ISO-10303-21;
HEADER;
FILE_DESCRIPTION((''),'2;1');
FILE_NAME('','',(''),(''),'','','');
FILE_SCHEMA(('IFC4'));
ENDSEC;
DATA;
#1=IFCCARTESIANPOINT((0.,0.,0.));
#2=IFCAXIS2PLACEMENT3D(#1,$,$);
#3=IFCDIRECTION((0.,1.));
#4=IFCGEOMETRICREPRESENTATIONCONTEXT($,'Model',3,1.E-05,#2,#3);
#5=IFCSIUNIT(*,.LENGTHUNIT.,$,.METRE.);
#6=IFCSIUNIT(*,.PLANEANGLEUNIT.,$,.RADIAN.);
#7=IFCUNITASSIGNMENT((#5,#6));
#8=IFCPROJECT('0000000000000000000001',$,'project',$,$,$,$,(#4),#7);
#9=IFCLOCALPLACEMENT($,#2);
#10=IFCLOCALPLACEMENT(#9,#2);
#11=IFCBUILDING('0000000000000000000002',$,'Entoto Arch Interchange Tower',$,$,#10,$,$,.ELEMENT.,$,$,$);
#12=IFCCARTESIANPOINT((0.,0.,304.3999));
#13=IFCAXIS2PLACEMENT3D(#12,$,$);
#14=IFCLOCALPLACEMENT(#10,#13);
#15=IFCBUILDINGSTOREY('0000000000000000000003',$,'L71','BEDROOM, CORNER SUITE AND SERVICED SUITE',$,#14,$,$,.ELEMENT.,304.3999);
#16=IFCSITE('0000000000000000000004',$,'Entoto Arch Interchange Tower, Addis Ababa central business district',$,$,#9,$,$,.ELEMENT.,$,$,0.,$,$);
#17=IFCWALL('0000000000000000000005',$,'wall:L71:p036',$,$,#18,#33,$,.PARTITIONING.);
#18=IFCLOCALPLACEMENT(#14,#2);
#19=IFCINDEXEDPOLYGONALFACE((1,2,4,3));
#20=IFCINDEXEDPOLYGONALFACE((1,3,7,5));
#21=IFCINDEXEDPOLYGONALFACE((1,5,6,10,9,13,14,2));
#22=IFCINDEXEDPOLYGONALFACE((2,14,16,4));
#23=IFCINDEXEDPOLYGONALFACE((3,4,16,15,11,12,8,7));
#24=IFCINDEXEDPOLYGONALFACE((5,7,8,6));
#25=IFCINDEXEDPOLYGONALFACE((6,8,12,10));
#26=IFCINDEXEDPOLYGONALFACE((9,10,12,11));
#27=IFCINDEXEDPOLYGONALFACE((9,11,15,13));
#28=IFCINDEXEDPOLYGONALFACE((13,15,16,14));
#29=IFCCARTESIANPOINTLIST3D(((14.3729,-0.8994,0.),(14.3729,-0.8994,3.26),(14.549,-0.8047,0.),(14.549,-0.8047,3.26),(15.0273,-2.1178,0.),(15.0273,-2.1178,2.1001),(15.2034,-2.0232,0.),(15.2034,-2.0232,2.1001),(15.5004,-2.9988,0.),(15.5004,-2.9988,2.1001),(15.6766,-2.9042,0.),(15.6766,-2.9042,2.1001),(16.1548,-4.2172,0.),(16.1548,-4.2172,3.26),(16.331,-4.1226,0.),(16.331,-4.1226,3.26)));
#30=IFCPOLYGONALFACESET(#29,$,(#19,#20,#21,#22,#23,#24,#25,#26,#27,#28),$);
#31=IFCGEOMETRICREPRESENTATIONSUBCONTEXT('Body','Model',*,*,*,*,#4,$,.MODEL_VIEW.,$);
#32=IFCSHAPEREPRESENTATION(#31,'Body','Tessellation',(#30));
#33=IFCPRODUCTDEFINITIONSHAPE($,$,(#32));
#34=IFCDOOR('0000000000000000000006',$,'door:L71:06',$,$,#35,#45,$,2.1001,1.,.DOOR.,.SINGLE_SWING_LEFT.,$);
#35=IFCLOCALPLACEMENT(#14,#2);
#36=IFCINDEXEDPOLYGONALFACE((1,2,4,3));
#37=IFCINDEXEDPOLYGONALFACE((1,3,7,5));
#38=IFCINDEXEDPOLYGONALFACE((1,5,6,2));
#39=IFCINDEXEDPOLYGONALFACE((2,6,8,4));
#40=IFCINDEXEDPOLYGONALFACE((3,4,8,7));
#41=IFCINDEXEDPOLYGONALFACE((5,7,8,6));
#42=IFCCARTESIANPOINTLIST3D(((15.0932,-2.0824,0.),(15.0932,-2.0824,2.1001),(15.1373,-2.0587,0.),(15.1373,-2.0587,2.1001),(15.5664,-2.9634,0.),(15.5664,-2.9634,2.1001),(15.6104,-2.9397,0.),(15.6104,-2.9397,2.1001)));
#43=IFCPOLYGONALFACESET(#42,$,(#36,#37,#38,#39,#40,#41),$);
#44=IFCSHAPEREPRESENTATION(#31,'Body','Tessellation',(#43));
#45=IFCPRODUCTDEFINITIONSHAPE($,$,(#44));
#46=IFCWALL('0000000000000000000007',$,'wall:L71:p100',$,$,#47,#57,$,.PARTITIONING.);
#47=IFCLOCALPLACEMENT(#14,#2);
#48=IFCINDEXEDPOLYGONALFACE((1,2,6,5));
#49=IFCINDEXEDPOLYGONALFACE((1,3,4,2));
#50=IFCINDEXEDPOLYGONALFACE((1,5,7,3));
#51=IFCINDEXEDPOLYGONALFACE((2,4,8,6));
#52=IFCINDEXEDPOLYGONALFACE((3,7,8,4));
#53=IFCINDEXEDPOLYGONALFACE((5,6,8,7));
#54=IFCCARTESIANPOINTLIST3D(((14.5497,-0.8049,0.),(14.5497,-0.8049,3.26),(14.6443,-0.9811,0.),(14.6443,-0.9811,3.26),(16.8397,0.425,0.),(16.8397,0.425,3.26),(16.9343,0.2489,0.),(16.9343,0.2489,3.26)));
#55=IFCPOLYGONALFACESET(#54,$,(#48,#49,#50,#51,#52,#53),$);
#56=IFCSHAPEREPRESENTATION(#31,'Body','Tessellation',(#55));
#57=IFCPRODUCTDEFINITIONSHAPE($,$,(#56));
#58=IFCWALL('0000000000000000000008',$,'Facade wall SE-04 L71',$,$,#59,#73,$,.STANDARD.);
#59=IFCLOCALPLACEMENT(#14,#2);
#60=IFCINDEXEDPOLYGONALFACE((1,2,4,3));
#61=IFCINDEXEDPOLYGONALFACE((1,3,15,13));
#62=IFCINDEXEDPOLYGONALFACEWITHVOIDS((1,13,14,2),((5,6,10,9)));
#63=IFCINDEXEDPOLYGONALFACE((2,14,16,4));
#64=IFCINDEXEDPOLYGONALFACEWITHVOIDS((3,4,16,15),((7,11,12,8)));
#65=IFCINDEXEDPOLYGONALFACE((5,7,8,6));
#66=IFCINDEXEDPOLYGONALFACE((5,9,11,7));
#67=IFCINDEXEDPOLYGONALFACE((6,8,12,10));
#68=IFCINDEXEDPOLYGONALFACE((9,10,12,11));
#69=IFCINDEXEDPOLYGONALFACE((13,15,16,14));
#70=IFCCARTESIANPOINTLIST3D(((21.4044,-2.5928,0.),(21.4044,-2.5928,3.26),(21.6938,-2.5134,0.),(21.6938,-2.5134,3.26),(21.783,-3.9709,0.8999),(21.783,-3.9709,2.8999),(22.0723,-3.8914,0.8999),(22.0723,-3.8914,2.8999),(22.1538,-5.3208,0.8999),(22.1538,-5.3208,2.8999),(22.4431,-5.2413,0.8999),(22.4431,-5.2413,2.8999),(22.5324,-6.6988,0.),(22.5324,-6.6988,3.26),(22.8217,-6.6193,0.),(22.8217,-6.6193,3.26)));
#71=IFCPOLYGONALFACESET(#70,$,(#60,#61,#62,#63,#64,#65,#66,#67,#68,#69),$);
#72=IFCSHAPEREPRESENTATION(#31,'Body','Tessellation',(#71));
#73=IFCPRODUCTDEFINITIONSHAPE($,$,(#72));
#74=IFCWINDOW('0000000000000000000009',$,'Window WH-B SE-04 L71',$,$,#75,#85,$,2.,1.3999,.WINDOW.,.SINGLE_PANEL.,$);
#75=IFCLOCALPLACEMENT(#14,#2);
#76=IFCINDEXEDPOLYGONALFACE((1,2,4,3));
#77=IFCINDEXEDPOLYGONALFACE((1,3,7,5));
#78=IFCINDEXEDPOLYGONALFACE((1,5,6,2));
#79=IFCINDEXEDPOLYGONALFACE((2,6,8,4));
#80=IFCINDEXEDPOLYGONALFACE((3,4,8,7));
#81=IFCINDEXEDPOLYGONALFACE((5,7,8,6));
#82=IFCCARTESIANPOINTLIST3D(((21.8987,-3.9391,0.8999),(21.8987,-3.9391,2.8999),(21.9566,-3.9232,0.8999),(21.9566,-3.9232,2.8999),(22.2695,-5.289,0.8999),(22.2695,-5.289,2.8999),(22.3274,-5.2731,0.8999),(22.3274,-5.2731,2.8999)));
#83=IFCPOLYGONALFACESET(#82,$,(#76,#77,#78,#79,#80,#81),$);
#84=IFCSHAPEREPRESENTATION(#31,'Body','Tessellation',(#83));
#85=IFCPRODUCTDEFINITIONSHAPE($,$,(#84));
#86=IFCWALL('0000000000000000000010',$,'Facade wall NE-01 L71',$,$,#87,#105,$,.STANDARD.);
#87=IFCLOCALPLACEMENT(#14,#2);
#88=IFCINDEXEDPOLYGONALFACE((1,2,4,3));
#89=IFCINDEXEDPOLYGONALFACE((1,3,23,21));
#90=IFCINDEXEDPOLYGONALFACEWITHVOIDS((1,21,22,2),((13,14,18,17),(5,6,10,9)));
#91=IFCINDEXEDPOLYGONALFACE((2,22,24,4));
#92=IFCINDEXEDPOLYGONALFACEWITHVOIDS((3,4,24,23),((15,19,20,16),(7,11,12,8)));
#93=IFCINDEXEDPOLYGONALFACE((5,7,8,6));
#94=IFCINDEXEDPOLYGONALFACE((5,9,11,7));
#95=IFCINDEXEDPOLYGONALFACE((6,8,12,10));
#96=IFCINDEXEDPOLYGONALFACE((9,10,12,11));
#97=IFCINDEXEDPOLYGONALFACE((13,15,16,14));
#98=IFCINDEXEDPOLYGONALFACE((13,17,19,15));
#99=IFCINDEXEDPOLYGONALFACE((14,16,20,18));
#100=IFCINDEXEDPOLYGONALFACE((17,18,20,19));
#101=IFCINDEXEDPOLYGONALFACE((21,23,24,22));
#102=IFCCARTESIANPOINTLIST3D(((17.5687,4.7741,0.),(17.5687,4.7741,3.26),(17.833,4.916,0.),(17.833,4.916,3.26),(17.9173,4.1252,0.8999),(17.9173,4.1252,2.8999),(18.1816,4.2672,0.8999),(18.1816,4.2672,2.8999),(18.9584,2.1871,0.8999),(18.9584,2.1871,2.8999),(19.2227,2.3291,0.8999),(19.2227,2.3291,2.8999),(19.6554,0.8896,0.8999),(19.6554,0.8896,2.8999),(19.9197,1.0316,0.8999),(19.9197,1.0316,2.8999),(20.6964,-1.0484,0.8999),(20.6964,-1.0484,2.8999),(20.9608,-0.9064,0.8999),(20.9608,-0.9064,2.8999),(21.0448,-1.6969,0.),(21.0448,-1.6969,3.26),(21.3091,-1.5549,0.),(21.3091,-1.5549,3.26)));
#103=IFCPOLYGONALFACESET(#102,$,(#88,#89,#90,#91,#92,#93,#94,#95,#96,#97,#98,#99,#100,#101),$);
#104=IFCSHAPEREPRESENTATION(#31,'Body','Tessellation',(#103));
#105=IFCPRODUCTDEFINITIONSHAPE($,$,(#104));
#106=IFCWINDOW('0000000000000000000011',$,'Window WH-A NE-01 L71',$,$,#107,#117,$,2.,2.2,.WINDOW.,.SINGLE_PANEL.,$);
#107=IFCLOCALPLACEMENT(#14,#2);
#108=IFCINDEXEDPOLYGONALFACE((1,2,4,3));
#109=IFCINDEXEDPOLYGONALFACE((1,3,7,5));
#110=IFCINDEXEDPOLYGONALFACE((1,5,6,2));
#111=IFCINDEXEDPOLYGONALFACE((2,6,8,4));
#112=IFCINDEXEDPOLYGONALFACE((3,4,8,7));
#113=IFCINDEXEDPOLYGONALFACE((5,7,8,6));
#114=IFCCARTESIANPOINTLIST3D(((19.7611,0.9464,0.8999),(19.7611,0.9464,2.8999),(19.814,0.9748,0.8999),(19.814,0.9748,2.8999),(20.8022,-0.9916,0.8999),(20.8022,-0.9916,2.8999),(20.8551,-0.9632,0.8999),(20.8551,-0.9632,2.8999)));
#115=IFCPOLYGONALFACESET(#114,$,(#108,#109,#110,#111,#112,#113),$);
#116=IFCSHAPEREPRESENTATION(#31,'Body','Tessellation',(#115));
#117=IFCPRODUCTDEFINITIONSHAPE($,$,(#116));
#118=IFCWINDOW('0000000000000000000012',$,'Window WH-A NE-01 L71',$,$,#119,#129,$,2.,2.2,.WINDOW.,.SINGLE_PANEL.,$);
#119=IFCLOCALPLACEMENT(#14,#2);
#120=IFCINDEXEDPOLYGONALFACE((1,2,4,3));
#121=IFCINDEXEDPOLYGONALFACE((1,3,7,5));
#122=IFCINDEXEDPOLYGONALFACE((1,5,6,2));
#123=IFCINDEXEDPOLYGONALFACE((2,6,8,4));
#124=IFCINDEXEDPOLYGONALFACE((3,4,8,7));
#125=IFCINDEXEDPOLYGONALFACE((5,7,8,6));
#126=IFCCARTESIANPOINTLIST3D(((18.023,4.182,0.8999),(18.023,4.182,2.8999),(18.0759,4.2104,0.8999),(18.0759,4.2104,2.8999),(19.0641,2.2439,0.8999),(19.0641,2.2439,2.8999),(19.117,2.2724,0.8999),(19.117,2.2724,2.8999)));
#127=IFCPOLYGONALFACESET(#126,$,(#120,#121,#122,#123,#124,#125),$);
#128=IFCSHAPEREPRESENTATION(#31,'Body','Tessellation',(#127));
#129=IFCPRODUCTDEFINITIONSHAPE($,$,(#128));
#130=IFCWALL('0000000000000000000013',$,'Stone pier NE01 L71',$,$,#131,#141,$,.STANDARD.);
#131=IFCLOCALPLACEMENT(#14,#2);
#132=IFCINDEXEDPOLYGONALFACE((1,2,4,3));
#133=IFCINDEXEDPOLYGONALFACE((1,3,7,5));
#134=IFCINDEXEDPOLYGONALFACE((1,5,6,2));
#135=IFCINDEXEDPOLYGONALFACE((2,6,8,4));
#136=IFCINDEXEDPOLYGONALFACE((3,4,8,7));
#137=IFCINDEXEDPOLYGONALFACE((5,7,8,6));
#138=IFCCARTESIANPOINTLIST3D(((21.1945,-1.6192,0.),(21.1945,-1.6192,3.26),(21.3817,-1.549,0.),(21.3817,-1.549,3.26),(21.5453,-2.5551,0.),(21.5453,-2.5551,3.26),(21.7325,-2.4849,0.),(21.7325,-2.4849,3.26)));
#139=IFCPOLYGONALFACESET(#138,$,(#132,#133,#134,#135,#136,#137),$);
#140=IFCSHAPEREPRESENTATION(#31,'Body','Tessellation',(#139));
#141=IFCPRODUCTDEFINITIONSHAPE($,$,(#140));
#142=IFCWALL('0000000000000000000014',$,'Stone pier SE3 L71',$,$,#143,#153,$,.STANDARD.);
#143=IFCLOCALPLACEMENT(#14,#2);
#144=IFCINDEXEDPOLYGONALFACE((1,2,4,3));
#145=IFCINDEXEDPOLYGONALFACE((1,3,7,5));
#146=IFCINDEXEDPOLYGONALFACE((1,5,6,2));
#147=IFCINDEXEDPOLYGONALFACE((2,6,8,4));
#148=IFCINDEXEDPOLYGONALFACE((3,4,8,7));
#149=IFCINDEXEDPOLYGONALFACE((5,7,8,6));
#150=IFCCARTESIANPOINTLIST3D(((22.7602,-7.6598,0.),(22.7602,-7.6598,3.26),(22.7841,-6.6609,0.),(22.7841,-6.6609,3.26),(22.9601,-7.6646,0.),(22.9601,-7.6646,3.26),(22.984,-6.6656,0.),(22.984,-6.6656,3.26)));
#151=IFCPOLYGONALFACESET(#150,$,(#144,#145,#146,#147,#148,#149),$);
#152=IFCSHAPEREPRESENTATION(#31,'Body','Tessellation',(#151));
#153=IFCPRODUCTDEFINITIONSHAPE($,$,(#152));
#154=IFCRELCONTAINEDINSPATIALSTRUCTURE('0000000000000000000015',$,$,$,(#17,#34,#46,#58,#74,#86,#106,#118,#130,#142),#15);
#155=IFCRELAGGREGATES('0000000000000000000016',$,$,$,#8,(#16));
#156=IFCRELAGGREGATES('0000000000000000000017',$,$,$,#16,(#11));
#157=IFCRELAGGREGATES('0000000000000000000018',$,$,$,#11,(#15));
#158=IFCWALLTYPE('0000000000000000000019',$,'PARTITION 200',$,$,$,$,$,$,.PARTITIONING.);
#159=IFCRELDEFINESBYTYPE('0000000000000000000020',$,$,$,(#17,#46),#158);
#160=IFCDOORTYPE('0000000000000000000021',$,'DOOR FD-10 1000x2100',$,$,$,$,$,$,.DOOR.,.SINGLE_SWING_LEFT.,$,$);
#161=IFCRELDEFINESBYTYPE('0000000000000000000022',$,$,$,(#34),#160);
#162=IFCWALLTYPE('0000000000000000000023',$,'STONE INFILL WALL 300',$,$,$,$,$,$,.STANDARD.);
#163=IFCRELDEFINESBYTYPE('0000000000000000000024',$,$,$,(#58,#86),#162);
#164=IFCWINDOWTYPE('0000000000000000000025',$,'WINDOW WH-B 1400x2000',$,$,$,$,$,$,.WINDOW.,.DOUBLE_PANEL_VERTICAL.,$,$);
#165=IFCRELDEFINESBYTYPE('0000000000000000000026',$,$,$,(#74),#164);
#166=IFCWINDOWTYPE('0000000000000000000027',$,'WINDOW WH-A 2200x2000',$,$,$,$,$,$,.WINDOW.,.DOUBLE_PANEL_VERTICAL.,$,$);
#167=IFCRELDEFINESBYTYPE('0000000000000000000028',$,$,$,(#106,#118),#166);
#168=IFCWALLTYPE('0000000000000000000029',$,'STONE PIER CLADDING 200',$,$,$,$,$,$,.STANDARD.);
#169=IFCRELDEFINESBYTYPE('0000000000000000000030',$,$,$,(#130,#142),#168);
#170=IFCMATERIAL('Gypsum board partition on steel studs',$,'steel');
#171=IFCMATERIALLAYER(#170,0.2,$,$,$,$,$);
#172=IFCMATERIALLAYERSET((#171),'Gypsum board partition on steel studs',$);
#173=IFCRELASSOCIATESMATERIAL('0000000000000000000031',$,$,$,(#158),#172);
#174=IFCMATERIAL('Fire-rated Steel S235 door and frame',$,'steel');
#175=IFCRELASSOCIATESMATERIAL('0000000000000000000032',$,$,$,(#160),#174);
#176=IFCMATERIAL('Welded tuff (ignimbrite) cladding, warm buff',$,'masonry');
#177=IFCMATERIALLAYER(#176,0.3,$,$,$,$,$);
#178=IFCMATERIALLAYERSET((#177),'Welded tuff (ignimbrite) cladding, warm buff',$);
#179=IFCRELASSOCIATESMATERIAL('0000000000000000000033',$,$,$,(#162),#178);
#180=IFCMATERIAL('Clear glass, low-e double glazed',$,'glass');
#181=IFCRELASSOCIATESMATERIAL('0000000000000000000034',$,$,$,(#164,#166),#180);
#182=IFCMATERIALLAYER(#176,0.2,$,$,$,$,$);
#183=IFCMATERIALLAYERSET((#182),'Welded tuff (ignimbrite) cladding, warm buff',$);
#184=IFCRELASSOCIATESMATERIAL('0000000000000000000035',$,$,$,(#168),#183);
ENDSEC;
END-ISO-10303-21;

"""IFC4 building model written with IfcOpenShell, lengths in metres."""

from ifc_helpers import new_model, si_unit, direction, frame, frame_2d, origin, place, context, subcontext, project, spatial, rectangle, extrude, material, layer, layer_set, type_object, element, fill, save


model = new_model("IFC4")

# Units and contexts
model_context = context("Model", 3, precision=1e-05, world=origin(), true_north=direction((0.0, 1.0)))
body_context = subcontext(model_context, "Body", "Model", "MODEL_VIEW")
ifc_project = project(units=[si_unit("LENGTHUNIT", "METRE"), si_unit("PLANEANGLEUNIT", "RADIAN")], contexts=[model_context])

# Site, building, storey
site_placement = place(None, origin())
site = spatial("IfcSite", under=ifc_project, at=site_placement, Name="Entoto Arch Interchange Tower, Addis Ababa central business district", CompositionType="ELEMENT", RefElevation=0.0)
building_placement = place(site_placement, origin())
building = spatial("IfcBuilding", under=site, at=building_placement, Name="Entoto Arch Interchange Tower", CompositionType="ELEMENT")
storey_placement = place(building_placement, frame((0.0, 0.0, 304.3999)))
storey = spatial("IfcBuildingStorey", under=building, at=storey_placement, Name="L71", Description="BEDROOM, CORNER SUITE AND SERVICED SUITE", CompositionType="ELEMENT", Elevation=304.3999)

# Shared definitions
ifc_material_1 = material(Name="Gypsum board partition on steel studs", Category="steel")
ifc_layer_1 = layer(ifc_material_1, 0.2)
ifc_layer_set_1 = layer_set([ifc_layer_1], Name="Gypsum board partition on steel studs")
wall_type_1 = type_object("IfcWallType", Name="PARTITION 200", PredefinedType="PARTITIONING", material=ifc_layer_set_1)

# Wall, opening, door
wall_1_placement = place(storey_placement, frame((14.4609, -0.8521, 0.0), z_axis=(0.0, 0.0, 1.0), x_axis=(0.47316, -0.880976, 0.0)))
wall_1 = element("IfcWall", 1, at=wall_1_placement, inside=storey, type_object=wall_type_1, Name="wall:L71:p036", PredefinedType="PARTITIONING", context=body_context, shape_type="SweptSolid", body=[
    extrude(rectangle(XDim=3.7661, YDim=0.2, at=frame_2d((1.8831, 0.0))), origin(), (0.0, 0.0, 1.0), 3.26),
])
opening_1_placement = place(wall_1_placement, frame((1.3831, 0.0, 0.0)))
opening_1 = element("IfcOpeningElement", 2, at=opening_1_placement, cuts=wall_1, PredefinedType="OPENING", context=body_context, shape_type="SweptSolid", body=[
    extrude(rectangle(XDim=1.0, YDim=2.1001, at=frame_2d((0.5, 1.05))), frame((0.0, 0.1099, 0.0), z_axis=(0.0, -1.0, 0.0), x_axis=(1.0, 0.0, 0.0)), (0.0, 0.0, 1.0), 0.22),
])
ifc_material_2 = material(Name="Fire-rated Steel S235 door and frame", Category="steel")
door_type_1 = type_object("IfcDoorType", Name="DOOR FD-10 1000x2100", OperationType="SINGLE_SWING_LEFT", PredefinedType="DOOR", material=ifc_material_2)
door_1_placement = place(opening_1_placement, origin())
door_1 = element("IfcDoor", 3, at=door_1_placement, inside=storey, type_object=door_type_1, Name="door:L71:06", OperationType="SINGLE_SWING_LEFT", OverallHeight=2.1001, OverallWidth=1.0, PredefinedType="DOOR", context=body_context, shape_type="SweptSolid", body=[
    extrude(rectangle(XDim=1.0, YDim=2.1001, at=frame_2d((0.5, 1.05))), frame((0.0, 0.0249, 0.0), z_axis=(0.0, -1.0, 0.0), x_axis=(1.0, 0.0, 0.0)), (0.0, 0.0, 1.0), 0.05),
])
fill(opening_1, door_1)

# Wall
wall_2_placement = place(storey_placement, frame((14.5969, -0.8931, 0.0), z_axis=(0.0, 0.0, 1.0), x_axis=(0.880971, 0.47317, 0.0)))
element("IfcWall", 4, at=wall_2_placement, inside=storey, type_object=wall_type_1, Name="wall:L71:p100", PredefinedType="PARTITIONING", context=body_context, shape_type="SweptSolid", body=[
    extrude(rectangle(XDim=2.5994, YDim=0.2, at=frame_2d((1.2998, 0.0))), origin(), (0.0, 0.0, 1.0), 3.26),
])

# Wall, opening, window
ifc_material_3 = material(Name="Welded tuff (ignimbrite) cladding, warm buff", Category="masonry")
ifc_layer_2 = layer(ifc_material_3, 0.3)
ifc_layer_set_2 = layer_set([ifc_layer_2], Name="Welded tuff (ignimbrite) cladding, warm buff")
wall_type_2 = type_object("IfcWallType", Name="STONE INFILL WALL 300", PredefinedType="STANDARD", material=ifc_layer_set_2)
wall_3_placement = place(storey_placement, frame((22.677, -6.6589, 0.0), z_axis=(0.0, 0.0, 1.0), x_axis=(-0.264893, 0.964278, 0.0)))
wall_3 = element("IfcWall", 5, at=wall_3_placement, inside=storey, type_object=wall_type_2, Name="Facade wall SE-04 L71", PredefinedType="STANDARD", context=body_context, shape_type="SweptSolid", body=[
    extrude(rectangle(XDim=4.2581, YDim=0.3, at=frame_2d((2.1289, 0.0))), origin(), (0.0, 0.0, 1.0), 3.26),
])
opening_2_placement = place(wall_3_placement, frame((1.429, 0.0, 0.8999)))
opening_2 = element("IfcOpeningElement", 6, at=opening_2_placement, cuts=wall_3, PredefinedType="OPENING", context=body_context, shape_type="SweptSolid", body=[
    extrude(rectangle(XDim=1.3999, YDim=2.0, at=frame_2d((0.7, 1.0))), frame((0.0, 0.1602, 0.0), z_axis=(0.0, -1.0, 0.0), x_axis=(1.0, 0.0, 0.0)), (0.0, 0.0, 1.0), 0.3201),
])
ifc_material_4 = material(Name="Clear glass, low-e double glazed", Category="glass")
window_type_1 = type_object("IfcWindowType", Name="WINDOW WH-B 1400x2000", PartitioningType="DOUBLE_PANEL_VERTICAL", PredefinedType="WINDOW", material=ifc_material_4)
window_1_placement = place(opening_2_placement, origin())
window_1 = element("IfcWindow", 7, at=window_1_placement, inside=storey, type_object=window_type_1, Name="Window WH-B SE-04 L71", OverallHeight=2.0, OverallWidth=1.3999, PartitioningType="SINGLE_PANEL", PredefinedType="WINDOW", context=body_context, shape_type="SweptSolid", body=[
    extrude(rectangle(XDim=1.3999, YDim=2.0, at=frame_2d((0.7, 1.0))), frame((0.0, 0.03, 0.0), z_axis=(0.0, -1.0, 0.0), x_axis=(1.0, 0.0, 0.0)), (0.0, 0.0, 1.0), 0.0601),
])
fill(opening_2, window_1)

# Wall, openings, windows
wall_4_placement = place(storey_placement, frame((21.177, -1.626, 0.0), z_axis=(0.0, 0.0, 1.0), x_axis=(-0.473226, 0.880941, 0.0)))
wall_4 = element("IfcWall", 8, at=wall_4_placement, inside=storey, type_object=wall_type_2, Name="Facade wall NE-01 L71", PredefinedType="STANDARD", context=body_context, shape_type="SweptSolid", body=[
    extrude(rectangle(XDim=7.3455, YDim=0.3, at=frame_2d((3.6729, 0.0))), origin(), (0.0, 0.0, 1.0), 3.26),
])
opening_3_placement = place(wall_4_placement, frame((0.7361, 0.0, 0.8999)))
opening_3 = element("IfcOpeningElement", 9, at=opening_3_placement, cuts=wall_4, PredefinedType="OPENING", context=body_context, shape_type="SweptSolid", body=[
    extrude(rectangle(XDim=2.2, YDim=2.0, at=frame_2d((1.1001, 1.0))), frame((0.0, 0.1602, 0.0), z_axis=(0.0, -1.0, 0.0), x_axis=(1.0, 0.0, 0.0)), (0.0, 0.0, 1.0), 0.3201),
])
opening_4_placement = place(wall_4_placement, frame((4.4089, 0.0, 0.8999)))
opening_4 = element("IfcOpeningElement", 10, at=opening_4_placement, cuts=wall_4, PredefinedType="OPENING", context=body_context, shape_type="SweptSolid", body=[
    extrude(rectangle(XDim=2.2, YDim=2.0, at=frame_2d((1.1001, 1.0))), frame((0.0, 0.1602, 0.0), z_axis=(0.0, -1.0, 0.0), x_axis=(1.0, 0.0, 0.0)), (0.0, 0.0, 1.0), 0.3201),
])
window_type_2 = type_object("IfcWindowType", Name="WINDOW WH-A 2200x2000", PartitioningType="DOUBLE_PANEL_VERTICAL", PredefinedType="WINDOW", material=ifc_material_4)
window_2_placement = place(opening_3_placement, origin())
window_2 = element("IfcWindow", 11, at=window_2_placement, inside=storey, type_object=window_type_2, Name="Window WH-A NE-01 L71", OverallHeight=2.0, OverallWidth=2.2, PartitioningType="SINGLE_PANEL", PredefinedType="WINDOW", context=body_context, shape_type="SweptSolid", body=[
    extrude(rectangle(XDim=2.2, YDim=2.0, at=frame_2d((1.1001, 1.0))), frame((0.0, 0.03, 0.0), z_axis=(0.0, -1.0, 0.0), x_axis=(1.0, 0.0, 0.0)), (0.0, 0.0, 1.0), 0.0601),
])
fill(opening_3, window_2)
window_3_placement = place(opening_4_placement, origin())
window_3 = element("IfcWindow", 12, at=window_3_placement, inside=storey, type_object=window_type_2, Name="Window WH-A NE-01 L71", OverallHeight=2.0, OverallWidth=2.2, PartitioningType="SINGLE_PANEL", PredefinedType="WINDOW", context=body_context, shape_type="SweptSolid", body=[
    extrude(rectangle(XDim=2.2, YDim=2.0, at=frame_2d((1.1001, 1.0))), frame((0.0, 0.03, 0.0), z_axis=(0.0, -1.0, 0.0), x_axis=(1.0, 0.0, 0.0)), (0.0, 0.0, 1.0), 0.0601),
])
fill(opening_4, window_3)

# Walls
ifc_layer_3 = layer(ifc_material_3, 0.2)
ifc_layer_set_3 = layer_set([ifc_layer_3], Name="Welded tuff (ignimbrite) cladding, warm buff")
wall_type_3 = type_object("IfcWallType", Name="STONE PIER CLADDING 200", PredefinedType="STANDARD", material=ifc_layer_set_3)
wall_5_placement = place(storey_placement, frame((21.6389, -2.52, 0.0), z_axis=(0.0, 0.0, 1.0), x_axis=(-0.350963, 0.936389, 0.0)))
element("IfcWall", 13, at=wall_5_placement, inside=storey, type_object=wall_type_3, Name="Stone pier NE01 L71", PredefinedType="STANDARD", context=body_context, shape_type="SweptSolid", body=[
    extrude(rectangle(XDim=0.9995, YDim=0.2, at=frame_2d((0.4998, 0.0))), origin(), (0.0, 0.0, 1.0), 3.26),
])
wall_6_placement = place(storey_placement, frame((22.8601, -7.6621, 0.0), z_axis=(0.0, 0.0, 1.0), x_axis=(0.023942, 0.999713, 0.0)))
element("IfcWall", 14, at=wall_6_placement, inside=storey, type_object=wall_type_3, Name="Stone pier SE3 L71", PredefinedType="STANDARD", context=body_context, shape_type="SweptSolid", body=[
    extrude(rectangle(XDim=0.9993, YDim=0.2, at=frame_2d((0.4995, 0.0))), origin(), (0.0, 0.0, 1.0), 3.26),
])

save(model, "model.ifc")
